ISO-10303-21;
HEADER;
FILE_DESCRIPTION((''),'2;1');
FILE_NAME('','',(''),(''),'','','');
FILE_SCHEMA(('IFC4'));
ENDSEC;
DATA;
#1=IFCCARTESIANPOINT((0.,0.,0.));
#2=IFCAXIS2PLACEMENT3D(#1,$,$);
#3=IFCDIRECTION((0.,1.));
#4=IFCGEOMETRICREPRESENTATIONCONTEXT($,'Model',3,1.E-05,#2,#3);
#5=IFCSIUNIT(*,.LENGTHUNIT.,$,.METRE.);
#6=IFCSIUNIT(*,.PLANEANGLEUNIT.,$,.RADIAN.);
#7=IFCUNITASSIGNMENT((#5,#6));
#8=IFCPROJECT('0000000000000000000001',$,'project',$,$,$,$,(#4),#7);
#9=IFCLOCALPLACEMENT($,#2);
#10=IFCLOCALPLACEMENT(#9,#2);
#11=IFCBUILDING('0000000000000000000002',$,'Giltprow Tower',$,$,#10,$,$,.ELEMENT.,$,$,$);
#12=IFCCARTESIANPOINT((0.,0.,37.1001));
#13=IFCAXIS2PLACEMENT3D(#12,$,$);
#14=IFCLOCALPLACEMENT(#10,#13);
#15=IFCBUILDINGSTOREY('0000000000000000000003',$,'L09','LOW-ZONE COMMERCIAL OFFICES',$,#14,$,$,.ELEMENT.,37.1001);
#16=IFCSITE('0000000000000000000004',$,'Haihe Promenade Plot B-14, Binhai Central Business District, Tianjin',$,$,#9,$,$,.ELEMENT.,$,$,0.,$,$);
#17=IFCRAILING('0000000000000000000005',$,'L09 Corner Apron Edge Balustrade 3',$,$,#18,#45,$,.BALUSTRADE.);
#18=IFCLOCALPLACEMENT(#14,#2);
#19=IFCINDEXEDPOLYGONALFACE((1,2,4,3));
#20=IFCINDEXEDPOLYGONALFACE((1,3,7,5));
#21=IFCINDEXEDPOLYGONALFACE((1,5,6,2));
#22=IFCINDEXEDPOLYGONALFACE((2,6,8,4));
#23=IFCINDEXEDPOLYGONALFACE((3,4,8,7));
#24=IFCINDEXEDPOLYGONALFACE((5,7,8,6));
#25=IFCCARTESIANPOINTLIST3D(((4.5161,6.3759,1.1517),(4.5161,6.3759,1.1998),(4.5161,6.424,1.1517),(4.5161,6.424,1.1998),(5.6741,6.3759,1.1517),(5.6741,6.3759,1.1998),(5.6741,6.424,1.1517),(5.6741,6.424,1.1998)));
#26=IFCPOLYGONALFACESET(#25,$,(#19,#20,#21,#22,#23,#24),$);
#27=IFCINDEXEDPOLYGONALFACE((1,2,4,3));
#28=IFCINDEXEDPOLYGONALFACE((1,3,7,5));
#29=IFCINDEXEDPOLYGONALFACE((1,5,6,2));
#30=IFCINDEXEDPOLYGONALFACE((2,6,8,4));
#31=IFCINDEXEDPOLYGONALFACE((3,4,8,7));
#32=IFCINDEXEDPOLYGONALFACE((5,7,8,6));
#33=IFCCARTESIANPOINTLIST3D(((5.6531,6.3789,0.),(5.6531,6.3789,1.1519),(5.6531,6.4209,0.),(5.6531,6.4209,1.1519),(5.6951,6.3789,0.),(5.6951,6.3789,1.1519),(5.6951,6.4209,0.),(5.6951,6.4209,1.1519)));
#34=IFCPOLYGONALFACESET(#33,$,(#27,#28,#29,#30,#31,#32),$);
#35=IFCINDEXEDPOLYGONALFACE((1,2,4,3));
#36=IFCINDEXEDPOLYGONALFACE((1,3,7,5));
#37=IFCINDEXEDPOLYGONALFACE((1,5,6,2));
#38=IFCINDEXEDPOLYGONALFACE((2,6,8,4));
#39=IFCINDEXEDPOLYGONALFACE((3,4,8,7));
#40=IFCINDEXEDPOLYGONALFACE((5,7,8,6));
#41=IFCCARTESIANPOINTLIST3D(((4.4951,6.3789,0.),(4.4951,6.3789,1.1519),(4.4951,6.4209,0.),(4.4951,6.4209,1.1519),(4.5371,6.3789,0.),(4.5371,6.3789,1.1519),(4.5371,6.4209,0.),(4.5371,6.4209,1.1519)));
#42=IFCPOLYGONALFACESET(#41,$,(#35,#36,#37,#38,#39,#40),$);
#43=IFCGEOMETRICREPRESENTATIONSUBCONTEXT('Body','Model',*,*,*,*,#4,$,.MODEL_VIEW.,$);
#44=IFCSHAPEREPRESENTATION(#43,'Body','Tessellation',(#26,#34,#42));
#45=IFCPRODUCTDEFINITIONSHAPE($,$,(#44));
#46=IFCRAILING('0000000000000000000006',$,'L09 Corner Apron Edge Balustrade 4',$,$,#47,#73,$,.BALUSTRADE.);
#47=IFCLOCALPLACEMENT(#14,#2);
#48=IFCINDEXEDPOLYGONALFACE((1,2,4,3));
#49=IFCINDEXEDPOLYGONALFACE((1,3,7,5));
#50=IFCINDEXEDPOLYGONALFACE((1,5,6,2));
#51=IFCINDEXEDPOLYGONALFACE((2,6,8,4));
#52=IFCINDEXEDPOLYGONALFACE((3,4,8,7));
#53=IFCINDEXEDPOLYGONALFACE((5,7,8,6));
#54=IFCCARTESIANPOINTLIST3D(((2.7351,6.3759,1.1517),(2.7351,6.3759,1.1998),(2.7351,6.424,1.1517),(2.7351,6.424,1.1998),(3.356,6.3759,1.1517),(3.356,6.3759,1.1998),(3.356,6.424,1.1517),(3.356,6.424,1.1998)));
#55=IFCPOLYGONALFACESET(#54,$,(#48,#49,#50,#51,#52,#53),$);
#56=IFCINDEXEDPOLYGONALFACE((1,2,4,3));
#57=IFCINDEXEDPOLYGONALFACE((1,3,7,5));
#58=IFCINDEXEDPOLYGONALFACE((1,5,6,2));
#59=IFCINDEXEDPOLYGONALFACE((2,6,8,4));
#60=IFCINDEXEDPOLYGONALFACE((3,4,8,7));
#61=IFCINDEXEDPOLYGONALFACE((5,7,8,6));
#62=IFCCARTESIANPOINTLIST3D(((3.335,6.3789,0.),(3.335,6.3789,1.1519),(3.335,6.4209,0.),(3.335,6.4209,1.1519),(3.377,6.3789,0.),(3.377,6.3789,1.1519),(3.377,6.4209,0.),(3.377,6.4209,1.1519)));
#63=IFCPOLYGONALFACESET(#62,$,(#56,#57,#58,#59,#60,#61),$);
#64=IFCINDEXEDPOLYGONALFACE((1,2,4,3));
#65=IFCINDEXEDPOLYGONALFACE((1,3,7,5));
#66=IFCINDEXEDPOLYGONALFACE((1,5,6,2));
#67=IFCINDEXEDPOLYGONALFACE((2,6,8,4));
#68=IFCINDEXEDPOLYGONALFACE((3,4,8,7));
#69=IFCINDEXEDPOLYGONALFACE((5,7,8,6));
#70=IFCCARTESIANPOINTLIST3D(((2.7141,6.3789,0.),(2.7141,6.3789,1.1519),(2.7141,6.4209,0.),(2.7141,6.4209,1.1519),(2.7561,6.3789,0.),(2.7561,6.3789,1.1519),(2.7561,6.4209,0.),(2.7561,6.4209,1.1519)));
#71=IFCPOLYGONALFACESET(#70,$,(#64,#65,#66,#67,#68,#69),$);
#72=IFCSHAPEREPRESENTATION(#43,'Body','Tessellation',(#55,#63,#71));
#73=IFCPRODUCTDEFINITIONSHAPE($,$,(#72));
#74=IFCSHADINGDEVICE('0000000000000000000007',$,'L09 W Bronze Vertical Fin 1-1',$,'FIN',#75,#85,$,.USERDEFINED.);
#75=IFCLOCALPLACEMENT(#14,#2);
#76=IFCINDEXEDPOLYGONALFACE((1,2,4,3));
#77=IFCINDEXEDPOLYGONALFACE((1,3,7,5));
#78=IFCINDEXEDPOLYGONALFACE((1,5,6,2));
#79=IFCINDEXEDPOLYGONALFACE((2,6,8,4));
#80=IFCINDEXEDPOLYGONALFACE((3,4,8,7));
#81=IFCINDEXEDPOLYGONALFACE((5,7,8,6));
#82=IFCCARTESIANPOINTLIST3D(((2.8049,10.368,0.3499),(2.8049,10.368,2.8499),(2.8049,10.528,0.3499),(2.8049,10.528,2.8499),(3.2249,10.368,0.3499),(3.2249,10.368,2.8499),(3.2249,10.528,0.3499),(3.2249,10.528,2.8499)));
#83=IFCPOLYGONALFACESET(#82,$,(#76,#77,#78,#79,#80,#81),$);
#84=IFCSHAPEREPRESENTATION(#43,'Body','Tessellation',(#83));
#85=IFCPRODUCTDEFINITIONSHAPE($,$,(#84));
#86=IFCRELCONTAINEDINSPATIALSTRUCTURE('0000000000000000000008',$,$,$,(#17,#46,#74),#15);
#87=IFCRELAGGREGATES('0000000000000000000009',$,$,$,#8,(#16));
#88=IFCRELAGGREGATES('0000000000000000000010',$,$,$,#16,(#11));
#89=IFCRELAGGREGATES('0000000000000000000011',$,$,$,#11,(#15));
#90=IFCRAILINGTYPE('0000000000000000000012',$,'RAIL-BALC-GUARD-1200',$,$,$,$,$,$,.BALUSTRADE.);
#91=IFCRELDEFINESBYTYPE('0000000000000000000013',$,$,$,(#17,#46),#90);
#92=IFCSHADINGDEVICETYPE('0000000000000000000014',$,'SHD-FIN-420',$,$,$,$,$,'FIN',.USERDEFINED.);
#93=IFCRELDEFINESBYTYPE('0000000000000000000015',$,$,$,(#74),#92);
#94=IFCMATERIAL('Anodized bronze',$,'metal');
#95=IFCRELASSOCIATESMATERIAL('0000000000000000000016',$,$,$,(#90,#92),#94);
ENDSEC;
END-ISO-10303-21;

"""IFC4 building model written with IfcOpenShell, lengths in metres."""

from ifc_helpers import new_model, si_unit, direction, frame, origin, origin_2d, place, context, subcontext, project, spatial, rectangle, extrude, source, transform, mapped, material, type_object, element, save


model = new_model("IFC4")

# Units and contexts
model_context = context("Model", 3, precision=1e-05, world=origin(), true_north=direction((0.0, 1.0)))
body_context = subcontext(model_context, "Body", "Model", "MODEL_VIEW")
ifc_project = project(units=[si_unit("LENGTHUNIT", "METRE"), si_unit("PLANEANGLEUNIT", "RADIAN")], contexts=[model_context])

# Site, building, storey
site_placement = place(None, origin())
site = spatial("IfcSite", under=ifc_project, at=site_placement, Name="Haihe Promenade Plot B-14, Binhai Central Business District, Tianjin", CompositionType="ELEMENT", RefElevation=0.0)
building_placement = place(site_placement, origin())
building = spatial("IfcBuilding", under=site, at=building_placement, Name="Giltprow Tower", CompositionType="ELEMENT")
storey_placement = place(building_placement, frame((0.0, 0.0, 37.1001)))
storey = spatial("IfcBuildingStorey", under=building, at=storey_placement, Name="L09", Description="LOW-ZONE COMMERCIAL OFFICES", CompositionType="ELEMENT", Elevation=37.1001)

# Shared definitions
ifc_material_1 = material(Name="Anodized bronze", Category="metal")

# Railings
railing_type = type_object("IfcRailingType", Name="RAIL-BALC-GUARD-1200", PredefinedType="BALUSTRADE", material=ifc_material_1)
railing_1_placement = place(storey_placement, frame((5.6741, 6.3999, 0.0)))
element("IfcRailing", 1, at=railing_1_placement, inside=storey, type_object=railing_type, Name="L09 Corner Apron Edge Balustrade 3", PredefinedType="BALUSTRADE", context=body_context, shape_type="SweptSolid", body=[
    extrude(rectangle(XDim=0.0481, YDim=0.0481, at=origin_2d()), frame((0.0, 0.0, 1.1758), z_axis=(-1.0, 0.0, 0.0), x_axis=(0.0, -1.0, 0.0)), (0.0, 0.0, 1.0), 1.158),
    extrude(rectangle(XDim=0.042, YDim=0.042, at=origin_2d()), origin(), (0.0, 0.0, 1.0), 1.1519),
    extrude(rectangle(XDim=0.042, YDim=0.042, at=origin_2d()), frame((-1.158, 0.0, 0.0)), (0.0, 0.0, 1.0), 1.1519),
])
railing_2_placement = place(storey_placement, frame((3.356, 6.3999, 0.0)))
element("IfcRailing", 2, at=railing_2_placement, inside=storey, type_object=railing_type, Name="L09 Corner Apron Edge Balustrade 4", PredefinedType="BALUSTRADE", context=body_context, shape_type="SweptSolid", body=[
    extrude(rectangle(XDim=0.0481, YDim=0.0481, at=origin_2d()), frame((0.0, 0.0, 1.1758), z_axis=(-1.0, 0.0, 0.0), x_axis=(0.0, -1.0, 0.0)), (0.0, 0.0, 1.0), 0.6208),
    extrude(rectangle(XDim=0.042, YDim=0.042, at=origin_2d()), origin(), (0.0, 0.0, 1.0), 1.1519),
    extrude(rectangle(XDim=0.042, YDim=0.042, at=origin_2d()), frame((-0.6208, 0.0, 0.0)), (0.0, 0.0, 1.0), 1.1519),
])

# Shading device
shading_device_type = type_object("IfcShadingDeviceType", Name="SHD-FIN-420", ElementType="FIN", PredefinedType="USERDEFINED", material=ifc_material_1)
shared_shape_1 = source(origin(), body_context, "Body", "SweptSolid", [
    extrude(rectangle(XDim=0.4199, YDim=0.1599, at=origin_2d()), origin(), (0.0, 0.0, 1.0), 2.5),
])
shading_device_placement = place(storey_placement, frame((3.0149, 10.448, 0.3499), z_axis=(0.0, 0.0, 1.0), x_axis=(1.0, 0.0, 0.0)))
element("IfcShadingDevice", 3, at=shading_device_placement, inside=storey, type_object=shading_device_type, Name="L09 W Bronze Vertical Fin 1-1", ObjectType="FIN", PredefinedType="USERDEFINED", context=body_context, shape_type="MappedRepresentation", body=[
    mapped(shared_shape_1, transform((0.0, 0.0, 0.0), x_axis=(1.0, 0.0, 0.0), y_axis=(0.0, 1.0, 0.0), z_axis=(0.0, 0.0, 1.0), scale=1.0)),
])

save(model, "model.ifc")
